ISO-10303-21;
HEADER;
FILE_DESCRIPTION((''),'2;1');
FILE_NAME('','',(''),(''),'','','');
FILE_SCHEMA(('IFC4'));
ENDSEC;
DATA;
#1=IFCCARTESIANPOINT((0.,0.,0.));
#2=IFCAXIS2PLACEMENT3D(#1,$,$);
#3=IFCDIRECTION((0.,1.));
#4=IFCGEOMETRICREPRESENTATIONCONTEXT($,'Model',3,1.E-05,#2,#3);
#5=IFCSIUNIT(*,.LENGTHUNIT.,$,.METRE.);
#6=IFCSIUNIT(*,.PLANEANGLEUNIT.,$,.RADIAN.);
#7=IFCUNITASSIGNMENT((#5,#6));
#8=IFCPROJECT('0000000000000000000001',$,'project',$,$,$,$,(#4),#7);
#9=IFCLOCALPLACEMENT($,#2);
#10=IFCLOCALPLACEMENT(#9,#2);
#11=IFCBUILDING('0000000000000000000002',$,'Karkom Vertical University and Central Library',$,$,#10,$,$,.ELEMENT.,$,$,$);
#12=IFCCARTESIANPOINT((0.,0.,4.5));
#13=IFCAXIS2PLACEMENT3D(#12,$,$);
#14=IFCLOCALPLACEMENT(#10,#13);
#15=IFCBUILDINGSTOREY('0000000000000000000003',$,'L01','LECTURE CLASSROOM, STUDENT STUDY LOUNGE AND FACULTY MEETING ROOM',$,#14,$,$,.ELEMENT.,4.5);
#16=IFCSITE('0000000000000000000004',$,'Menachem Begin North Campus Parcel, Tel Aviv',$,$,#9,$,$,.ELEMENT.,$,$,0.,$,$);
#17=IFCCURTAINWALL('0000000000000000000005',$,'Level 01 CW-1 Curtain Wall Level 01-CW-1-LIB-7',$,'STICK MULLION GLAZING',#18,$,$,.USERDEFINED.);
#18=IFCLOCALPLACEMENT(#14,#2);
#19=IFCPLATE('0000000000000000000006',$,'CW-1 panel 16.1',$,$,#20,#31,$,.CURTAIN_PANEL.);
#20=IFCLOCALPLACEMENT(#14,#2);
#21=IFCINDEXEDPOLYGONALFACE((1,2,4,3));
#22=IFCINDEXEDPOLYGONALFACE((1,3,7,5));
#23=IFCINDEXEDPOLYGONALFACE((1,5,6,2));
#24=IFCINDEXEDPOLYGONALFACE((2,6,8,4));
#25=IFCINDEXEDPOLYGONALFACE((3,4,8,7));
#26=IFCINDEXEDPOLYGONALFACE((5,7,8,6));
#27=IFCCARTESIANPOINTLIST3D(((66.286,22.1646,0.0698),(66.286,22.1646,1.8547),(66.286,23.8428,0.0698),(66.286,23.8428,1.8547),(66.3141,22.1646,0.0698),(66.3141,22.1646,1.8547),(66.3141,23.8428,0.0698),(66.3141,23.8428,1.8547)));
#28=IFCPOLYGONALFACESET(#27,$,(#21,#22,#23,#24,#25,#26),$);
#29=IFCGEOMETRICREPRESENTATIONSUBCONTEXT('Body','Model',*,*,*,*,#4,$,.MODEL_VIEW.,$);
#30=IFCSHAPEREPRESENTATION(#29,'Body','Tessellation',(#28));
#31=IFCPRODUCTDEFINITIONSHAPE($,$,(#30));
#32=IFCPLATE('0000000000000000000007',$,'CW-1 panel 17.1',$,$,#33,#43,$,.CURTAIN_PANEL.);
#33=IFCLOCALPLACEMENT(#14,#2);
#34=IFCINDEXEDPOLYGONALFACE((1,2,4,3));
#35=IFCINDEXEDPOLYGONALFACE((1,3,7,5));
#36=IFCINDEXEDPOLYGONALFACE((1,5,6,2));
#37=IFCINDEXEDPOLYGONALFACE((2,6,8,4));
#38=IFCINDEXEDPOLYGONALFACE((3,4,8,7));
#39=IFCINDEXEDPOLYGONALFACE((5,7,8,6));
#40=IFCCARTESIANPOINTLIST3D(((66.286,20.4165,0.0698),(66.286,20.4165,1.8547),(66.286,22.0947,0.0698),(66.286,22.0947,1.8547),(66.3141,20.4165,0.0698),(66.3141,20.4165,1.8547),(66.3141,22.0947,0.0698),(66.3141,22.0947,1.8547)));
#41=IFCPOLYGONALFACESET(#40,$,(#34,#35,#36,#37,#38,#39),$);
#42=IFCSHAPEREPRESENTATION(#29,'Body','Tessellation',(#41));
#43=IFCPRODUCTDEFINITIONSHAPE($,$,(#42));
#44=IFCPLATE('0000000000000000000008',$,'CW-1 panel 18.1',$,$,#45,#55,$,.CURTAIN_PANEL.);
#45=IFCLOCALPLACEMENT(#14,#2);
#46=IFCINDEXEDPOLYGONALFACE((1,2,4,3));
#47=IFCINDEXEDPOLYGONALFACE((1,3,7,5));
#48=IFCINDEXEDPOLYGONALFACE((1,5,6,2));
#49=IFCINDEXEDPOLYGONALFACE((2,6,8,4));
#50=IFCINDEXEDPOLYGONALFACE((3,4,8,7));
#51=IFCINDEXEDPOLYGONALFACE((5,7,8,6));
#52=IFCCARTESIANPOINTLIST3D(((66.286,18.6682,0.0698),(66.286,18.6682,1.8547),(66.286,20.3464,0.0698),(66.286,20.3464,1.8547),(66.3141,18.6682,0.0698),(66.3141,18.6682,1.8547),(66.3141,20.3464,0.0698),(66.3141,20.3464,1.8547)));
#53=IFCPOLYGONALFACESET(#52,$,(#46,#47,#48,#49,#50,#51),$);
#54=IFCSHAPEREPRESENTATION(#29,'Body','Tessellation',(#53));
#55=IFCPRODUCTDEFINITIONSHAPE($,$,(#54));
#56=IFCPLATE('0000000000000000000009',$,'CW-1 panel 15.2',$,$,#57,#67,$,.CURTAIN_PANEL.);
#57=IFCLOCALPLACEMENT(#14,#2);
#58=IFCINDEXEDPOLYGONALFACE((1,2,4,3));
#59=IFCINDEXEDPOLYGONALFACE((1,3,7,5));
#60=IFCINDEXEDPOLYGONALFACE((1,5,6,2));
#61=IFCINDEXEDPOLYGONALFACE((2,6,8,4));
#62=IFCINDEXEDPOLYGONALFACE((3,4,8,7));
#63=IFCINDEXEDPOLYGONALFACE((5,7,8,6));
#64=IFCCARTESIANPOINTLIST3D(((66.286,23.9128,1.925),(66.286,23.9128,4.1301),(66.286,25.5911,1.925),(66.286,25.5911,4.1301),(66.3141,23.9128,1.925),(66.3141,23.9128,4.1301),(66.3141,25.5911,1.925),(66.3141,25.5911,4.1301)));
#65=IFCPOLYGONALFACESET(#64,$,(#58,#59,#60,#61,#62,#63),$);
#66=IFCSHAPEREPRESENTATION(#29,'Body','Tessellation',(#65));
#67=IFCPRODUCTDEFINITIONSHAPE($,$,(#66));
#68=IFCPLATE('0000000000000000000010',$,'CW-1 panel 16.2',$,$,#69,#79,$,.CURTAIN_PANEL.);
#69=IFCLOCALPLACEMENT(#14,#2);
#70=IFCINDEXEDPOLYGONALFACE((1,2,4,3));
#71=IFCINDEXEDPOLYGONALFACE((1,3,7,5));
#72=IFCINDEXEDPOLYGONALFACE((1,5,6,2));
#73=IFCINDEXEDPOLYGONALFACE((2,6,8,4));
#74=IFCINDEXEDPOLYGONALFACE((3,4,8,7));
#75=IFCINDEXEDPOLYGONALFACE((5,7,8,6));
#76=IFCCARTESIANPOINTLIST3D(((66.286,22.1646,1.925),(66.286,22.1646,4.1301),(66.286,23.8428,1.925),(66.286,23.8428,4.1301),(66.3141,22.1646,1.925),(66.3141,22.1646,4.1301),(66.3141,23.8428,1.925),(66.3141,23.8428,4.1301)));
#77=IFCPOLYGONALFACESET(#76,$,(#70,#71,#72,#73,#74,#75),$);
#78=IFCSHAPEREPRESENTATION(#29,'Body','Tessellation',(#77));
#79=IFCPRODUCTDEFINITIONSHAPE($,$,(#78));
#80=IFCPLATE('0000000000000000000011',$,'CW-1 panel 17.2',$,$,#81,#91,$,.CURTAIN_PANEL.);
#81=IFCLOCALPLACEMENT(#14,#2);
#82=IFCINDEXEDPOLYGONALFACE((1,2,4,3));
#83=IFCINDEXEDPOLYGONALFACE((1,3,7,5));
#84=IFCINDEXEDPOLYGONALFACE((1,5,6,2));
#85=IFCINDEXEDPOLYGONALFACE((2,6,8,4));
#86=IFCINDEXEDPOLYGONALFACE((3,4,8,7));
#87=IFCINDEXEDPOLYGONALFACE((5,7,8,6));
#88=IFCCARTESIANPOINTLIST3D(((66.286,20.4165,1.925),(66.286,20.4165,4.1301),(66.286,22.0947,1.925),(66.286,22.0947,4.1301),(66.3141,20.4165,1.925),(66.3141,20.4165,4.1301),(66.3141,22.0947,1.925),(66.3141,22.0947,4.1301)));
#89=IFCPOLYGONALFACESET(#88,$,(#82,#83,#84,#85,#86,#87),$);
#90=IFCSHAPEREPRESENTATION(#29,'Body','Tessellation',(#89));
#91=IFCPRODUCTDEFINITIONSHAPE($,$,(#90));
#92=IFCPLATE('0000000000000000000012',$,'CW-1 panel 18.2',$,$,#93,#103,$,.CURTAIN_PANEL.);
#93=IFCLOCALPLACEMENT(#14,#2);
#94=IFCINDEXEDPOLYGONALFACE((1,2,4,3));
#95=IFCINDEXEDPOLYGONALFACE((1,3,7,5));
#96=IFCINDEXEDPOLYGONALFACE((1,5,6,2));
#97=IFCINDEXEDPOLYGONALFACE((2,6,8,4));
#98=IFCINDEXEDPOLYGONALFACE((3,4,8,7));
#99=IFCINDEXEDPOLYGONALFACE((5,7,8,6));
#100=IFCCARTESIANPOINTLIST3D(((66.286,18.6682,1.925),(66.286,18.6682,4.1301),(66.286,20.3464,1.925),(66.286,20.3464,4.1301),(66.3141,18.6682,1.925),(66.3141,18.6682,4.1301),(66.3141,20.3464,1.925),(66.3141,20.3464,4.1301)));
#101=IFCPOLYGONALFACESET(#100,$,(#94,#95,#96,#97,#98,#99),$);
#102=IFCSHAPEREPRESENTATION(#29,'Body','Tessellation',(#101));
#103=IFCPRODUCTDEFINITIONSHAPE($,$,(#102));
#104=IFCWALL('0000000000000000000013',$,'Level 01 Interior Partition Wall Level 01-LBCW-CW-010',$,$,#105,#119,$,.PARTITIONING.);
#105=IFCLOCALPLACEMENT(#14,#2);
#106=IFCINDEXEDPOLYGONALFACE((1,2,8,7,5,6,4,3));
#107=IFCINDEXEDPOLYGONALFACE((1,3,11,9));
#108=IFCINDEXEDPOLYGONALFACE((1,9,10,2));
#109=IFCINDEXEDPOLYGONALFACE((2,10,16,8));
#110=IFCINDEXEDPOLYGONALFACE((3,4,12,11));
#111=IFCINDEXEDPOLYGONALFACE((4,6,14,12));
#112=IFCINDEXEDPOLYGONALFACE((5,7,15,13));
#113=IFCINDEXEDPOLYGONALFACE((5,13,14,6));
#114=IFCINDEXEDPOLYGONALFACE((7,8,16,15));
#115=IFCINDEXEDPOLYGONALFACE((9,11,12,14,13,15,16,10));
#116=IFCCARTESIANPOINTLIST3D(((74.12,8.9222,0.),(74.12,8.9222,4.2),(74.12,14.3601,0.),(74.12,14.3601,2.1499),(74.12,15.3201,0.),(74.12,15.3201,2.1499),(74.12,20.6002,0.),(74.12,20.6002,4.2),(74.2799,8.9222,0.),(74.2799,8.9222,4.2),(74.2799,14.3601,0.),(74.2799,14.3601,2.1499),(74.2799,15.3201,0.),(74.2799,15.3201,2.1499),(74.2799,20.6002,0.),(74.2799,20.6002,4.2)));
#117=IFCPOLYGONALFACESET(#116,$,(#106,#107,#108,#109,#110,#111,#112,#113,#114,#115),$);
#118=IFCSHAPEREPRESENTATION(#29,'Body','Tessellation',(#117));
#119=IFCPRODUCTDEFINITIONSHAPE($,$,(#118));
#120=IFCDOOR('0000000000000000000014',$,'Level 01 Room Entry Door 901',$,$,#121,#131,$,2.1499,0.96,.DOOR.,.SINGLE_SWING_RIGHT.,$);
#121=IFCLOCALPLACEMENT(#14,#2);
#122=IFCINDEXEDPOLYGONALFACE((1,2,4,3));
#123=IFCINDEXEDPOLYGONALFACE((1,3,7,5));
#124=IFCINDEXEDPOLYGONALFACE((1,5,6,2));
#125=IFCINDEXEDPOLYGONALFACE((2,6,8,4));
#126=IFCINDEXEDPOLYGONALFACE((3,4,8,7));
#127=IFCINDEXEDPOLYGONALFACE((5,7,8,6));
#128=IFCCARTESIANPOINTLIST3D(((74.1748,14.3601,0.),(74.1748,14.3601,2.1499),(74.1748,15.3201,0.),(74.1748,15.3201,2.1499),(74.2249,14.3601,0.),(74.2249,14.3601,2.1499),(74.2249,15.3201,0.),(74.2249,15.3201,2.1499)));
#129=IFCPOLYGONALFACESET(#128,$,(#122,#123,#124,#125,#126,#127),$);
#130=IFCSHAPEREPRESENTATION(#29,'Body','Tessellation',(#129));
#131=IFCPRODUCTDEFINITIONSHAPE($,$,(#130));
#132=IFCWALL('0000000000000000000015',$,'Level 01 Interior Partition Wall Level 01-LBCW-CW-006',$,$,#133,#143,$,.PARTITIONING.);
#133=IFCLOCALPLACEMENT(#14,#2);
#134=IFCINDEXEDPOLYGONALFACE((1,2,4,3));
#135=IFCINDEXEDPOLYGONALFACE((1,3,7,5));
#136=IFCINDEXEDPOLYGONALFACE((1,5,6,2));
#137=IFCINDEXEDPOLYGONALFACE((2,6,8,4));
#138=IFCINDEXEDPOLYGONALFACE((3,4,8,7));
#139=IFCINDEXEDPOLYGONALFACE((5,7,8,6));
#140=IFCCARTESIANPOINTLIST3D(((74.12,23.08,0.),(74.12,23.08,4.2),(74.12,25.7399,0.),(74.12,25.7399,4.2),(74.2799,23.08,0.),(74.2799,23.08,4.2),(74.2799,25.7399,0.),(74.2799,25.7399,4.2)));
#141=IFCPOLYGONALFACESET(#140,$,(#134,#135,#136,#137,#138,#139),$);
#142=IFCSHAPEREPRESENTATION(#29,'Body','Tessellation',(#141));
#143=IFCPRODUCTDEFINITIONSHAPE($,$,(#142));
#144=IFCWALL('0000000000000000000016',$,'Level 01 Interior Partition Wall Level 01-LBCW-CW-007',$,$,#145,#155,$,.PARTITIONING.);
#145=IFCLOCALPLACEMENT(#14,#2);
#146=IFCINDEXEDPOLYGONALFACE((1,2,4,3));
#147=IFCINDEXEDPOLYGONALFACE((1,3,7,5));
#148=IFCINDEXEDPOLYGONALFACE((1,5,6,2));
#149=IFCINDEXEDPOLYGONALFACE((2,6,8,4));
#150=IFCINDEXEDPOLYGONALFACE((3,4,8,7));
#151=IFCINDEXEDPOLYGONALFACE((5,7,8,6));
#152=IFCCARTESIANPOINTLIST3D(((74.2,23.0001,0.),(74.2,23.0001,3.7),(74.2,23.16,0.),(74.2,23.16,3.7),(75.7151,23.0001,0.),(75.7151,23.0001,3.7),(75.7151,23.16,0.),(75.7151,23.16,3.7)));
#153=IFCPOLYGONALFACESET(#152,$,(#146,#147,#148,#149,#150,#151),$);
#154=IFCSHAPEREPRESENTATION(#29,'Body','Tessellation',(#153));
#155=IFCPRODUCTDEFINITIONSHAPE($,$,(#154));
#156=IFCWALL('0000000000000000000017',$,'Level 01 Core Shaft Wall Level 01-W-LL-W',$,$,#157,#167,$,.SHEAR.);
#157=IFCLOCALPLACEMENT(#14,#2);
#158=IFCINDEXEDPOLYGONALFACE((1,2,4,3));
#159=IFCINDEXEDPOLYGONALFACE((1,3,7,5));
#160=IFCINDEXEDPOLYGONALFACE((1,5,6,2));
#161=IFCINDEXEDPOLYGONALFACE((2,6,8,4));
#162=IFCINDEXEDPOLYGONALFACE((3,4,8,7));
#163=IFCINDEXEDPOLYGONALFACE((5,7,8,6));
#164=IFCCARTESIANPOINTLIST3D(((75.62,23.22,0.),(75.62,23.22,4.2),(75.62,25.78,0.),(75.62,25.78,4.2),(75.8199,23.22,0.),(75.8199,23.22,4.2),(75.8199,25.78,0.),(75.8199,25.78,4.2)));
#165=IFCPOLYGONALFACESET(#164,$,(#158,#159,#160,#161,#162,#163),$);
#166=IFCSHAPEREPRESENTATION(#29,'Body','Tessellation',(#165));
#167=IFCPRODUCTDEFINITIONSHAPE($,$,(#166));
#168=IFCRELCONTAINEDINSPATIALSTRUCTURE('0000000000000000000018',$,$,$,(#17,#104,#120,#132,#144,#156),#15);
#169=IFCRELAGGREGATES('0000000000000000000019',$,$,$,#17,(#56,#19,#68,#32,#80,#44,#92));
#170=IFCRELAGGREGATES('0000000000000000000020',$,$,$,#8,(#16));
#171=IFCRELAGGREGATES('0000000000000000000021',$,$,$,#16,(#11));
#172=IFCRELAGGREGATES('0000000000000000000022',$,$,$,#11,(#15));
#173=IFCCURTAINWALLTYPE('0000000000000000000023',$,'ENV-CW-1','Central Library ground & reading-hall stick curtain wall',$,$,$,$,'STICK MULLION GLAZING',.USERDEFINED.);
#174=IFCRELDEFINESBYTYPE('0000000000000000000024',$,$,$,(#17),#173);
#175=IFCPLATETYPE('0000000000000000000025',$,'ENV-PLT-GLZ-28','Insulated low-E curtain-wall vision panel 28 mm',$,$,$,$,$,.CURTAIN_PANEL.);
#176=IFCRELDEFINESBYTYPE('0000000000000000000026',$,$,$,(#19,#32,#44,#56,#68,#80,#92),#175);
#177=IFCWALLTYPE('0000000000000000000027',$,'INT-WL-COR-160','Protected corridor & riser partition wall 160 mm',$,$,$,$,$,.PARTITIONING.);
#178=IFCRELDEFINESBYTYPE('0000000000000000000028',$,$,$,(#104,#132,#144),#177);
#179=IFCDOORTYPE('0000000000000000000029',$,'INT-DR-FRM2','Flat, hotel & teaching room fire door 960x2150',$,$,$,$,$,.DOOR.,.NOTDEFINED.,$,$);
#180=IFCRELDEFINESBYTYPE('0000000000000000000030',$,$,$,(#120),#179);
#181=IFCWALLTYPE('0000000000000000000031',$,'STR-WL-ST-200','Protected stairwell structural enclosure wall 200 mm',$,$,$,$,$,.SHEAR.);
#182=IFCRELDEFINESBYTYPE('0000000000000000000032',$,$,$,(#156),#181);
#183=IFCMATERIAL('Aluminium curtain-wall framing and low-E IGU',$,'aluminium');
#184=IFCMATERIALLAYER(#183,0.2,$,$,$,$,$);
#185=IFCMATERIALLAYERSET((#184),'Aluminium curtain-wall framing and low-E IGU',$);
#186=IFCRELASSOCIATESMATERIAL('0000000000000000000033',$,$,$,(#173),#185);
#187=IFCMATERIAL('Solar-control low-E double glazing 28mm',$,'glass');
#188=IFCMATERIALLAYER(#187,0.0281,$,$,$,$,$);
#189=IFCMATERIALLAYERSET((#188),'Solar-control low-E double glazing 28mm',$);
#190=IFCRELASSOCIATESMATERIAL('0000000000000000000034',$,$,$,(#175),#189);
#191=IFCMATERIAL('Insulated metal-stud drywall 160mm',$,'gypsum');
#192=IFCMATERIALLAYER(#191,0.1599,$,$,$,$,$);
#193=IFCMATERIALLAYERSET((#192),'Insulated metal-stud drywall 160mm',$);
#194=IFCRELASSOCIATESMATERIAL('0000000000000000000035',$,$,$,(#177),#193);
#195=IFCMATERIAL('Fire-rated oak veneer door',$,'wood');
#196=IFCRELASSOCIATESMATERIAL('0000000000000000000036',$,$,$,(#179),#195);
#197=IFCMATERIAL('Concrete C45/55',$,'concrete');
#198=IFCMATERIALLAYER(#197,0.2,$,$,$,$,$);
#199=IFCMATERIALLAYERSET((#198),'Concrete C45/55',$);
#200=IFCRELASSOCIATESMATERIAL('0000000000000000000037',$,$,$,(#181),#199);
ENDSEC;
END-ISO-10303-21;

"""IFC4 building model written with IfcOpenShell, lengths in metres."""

from ifc_helpers import new_model, si_unit, direction, frame, frame_2d, origin, origin_with_axes, origin_2d, place, context, subcontext, project, spatial, rectangle, extrude, source, transform, mapped, material, layer, layer_set, type_object, element, fill, aggregate, save


model = new_model("IFC4")

# Units and contexts
model_context = context("Model", 3, precision=1e-05, world=origin(), true_north=direction((0.0, 1.0)))
body_context = subcontext(model_context, "Body", "Model", "MODEL_VIEW")
ifc_project = project(units=[si_unit("LENGTHUNIT", "METRE"), si_unit("PLANEANGLEUNIT", "RADIAN")], contexts=[model_context])

# Site, building, storey
site_placement = place(None, origin())
site = spatial("IfcSite", under=ifc_project, at=site_placement, Name="Menachem Begin North Campus Parcel, Tel Aviv", CompositionType="ELEMENT", RefElevation=0.0)
building_placement = place(site_placement, origin())
building = spatial("IfcBuilding", under=site, at=building_placement, Name="Karkom Vertical University and Central Library", CompositionType="ELEMENT")
storey_placement = place(building_placement, frame((0.0, 0.0, 4.5)))
storey = spatial("IfcBuildingStorey", under=building, at=storey_placement, Name="L01", Description="LECTURE CLASSROOM, STUDENT STUDY LOUNGE AND FACULTY MEETING ROOM", CompositionType="ELEMENT", Elevation=4.5)

# Curtain wall, plates
ifc_material_1 = material(Name="Aluminium curtain-wall framing and low-E IGU", Category="aluminium")
ifc_layer_1 = layer(ifc_material_1, 0.2)
ifc_layer_set_1 = layer_set([ifc_layer_1], Name="Aluminium curtain-wall framing and low-E IGU")
curtain_wall_type = type_object("IfcCurtainWallType", Name="ENV-CW-1", Description="Central Library ground & reading-hall stick curtain wall", ElementType="STICK MULLION GLAZING", PredefinedType="USERDEFINED", material=ifc_layer_set_1)
curtain_wall_placement = place(storey_placement, origin())
curtain_wall = element("IfcCurtainWall", 1, at=curtain_wall_placement, inside=storey, type_object=curtain_wall_type, Name="Level 01 CW-1 Curtain Wall Level 01-CW-1-LIB-7", ObjectType="STICK MULLION GLAZING", PredefinedType="USERDEFINED")
ifc_material_2 = material(Name="Solar-control low-E double glazing 28mm", Category="glass")
ifc_layer_2 = layer(ifc_material_2, 0.0281)
ifc_layer_set_2 = layer_set([ifc_layer_2], Name="Solar-control low-E double glazing 28mm")
plate_type = type_object("IfcPlateType", Name="ENV-PLT-GLZ-28", Description="Insulated low-E curtain-wall vision panel 28 mm", PredefinedType="CURTAIN_PANEL", material=ifc_layer_set_2)
shared_shape_1 = source(origin_with_axes(), body_context, "Body", "SweptSolid", [
    extrude(rectangle(XDim=1.6782, YDim=0.0281, at=origin_2d()), origin(), (0.0, 0.0, 1.0), 1.7849),
])
plate_1_placement = place(storey_placement, frame((66.3, 23.0037, 0.0698), z_axis=(0.0, 0.0, 1.0), x_axis=(0.0, -1.0, 0.0)))
plate_1 = element("IfcPlate", 2, at=plate_1_placement, type_object=plate_type, Name="CW-1 panel 16.1", PredefinedType="CURTAIN_PANEL", context=body_context, shape_type="MappedRepresentation", body=[
    mapped(shared_shape_1, transform((0.0, 0.0, 0.0), scale=1.0)),
])
plate_2_placement = place(storey_placement, frame((66.3, 21.2556, 0.0698), z_axis=(0.0, 0.0, 1.0), x_axis=(0.0, -1.0, 0.0)))
plate_2 = element("IfcPlate", 3, at=plate_2_placement, type_object=plate_type, Name="CW-1 panel 17.1", PredefinedType="CURTAIN_PANEL", context=body_context, shape_type="MappedRepresentation", body=[
    mapped(shared_shape_1, transform((0.0, 0.0, 0.0), scale=1.0)),
])
plate_3_placement = place(storey_placement, frame((66.3, 19.5073, 0.0698), z_axis=(0.0, 0.0, 1.0), x_axis=(0.0, -1.0, 0.0)))
plate_3 = element("IfcPlate", 4, at=plate_3_placement, type_object=plate_type, Name="CW-1 panel 18.1", PredefinedType="CURTAIN_PANEL", context=body_context, shape_type="MappedRepresentation", body=[
    mapped(shared_shape_1, transform((0.0, 0.0, 0.0), scale=1.0)),
])
shared_shape_2 = source(origin_with_axes(), body_context, "Body", "SweptSolid", [
    extrude(rectangle(XDim=1.6782, YDim=0.0281, at=origin_2d()), origin(), (0.0, 0.0, 1.0), 2.2051),
])
plate_4_placement = place(storey_placement, frame((66.3, 24.752, 1.925), z_axis=(0.0, 0.0, 1.0), x_axis=(0.0, -1.0, 0.0)))
plate_4 = element("IfcPlate", 5, at=plate_4_placement, type_object=plate_type, Name="CW-1 panel 15.2", PredefinedType="CURTAIN_PANEL", context=body_context, shape_type="MappedRepresentation", body=[
    mapped(shared_shape_2, transform((0.0, 0.0, 0.0), scale=1.0)),
])
plate_5_placement = place(storey_placement, frame((66.3, 23.0037, 1.925), z_axis=(0.0, 0.0, 1.0), x_axis=(0.0, -1.0, 0.0)))
plate_5 = element("IfcPlate", 6, at=plate_5_placement, type_object=plate_type, Name="CW-1 panel 16.2", PredefinedType="CURTAIN_PANEL", context=body_context, shape_type="MappedRepresentation", body=[
    mapped(shared_shape_2, transform((0.0, 0.0, 0.0), scale=1.0)),
])
plate_6_placement = place(storey_placement, frame((66.3, 21.2556, 1.925), z_axis=(0.0, 0.0, 1.0), x_axis=(0.0, -1.0, 0.0)))
plate_6 = element("IfcPlate", 7, at=plate_6_placement, type_object=plate_type, Name="CW-1 panel 17.2", PredefinedType="CURTAIN_PANEL", context=body_context, shape_type="MappedRepresentation", body=[
    mapped(shared_shape_2, transform((0.0, 0.0, 0.0), scale=1.0)),
])
plate_7_placement = place(storey_placement, frame((66.3, 19.5073, 1.925), z_axis=(0.0, 0.0, 1.0), x_axis=(0.0, -1.0, 0.0)))
plate_7 = element("IfcPlate", 8, at=plate_7_placement, type_object=plate_type, Name="CW-1 panel 18.2", PredefinedType="CURTAIN_PANEL", context=body_context, shape_type="MappedRepresentation", body=[
    mapped(shared_shape_2, transform((0.0, 0.0, 0.0), scale=1.0)),
])
aggregate(curtain_wall, [plate_4, plate_1, plate_5, plate_2, plate_6, plate_3, plate_7])

# Wall, opening, door
ifc_material_3 = material(Name="Insulated metal-stud drywall 160mm", Category="gypsum")
ifc_layer_3 = layer(ifc_material_3, 0.1599)
ifc_layer_set_3 = layer_set([ifc_layer_3], Name="Insulated metal-stud drywall 160mm")
wall_type_1 = type_object("IfcWallType", Name="INT-WL-COR-160", Description="Protected corridor & riser partition wall 160 mm", PredefinedType="PARTITIONING", material=ifc_layer_set_3)
wall_1_placement = place(storey_placement, frame((74.2, 20.6001, 0.0), z_axis=(0.0, 0.0, 1.0), x_axis=(0.0, -1.0, 0.0)))
wall_1 = element("IfcWall", 9, at=wall_1_placement, inside=storey, type_object=wall_type_1, Name="Level 01 Interior Partition Wall Level 01-LBCW-CW-010", PredefinedType="PARTITIONING", context=body_context, shape_type="SweptSolid", body=[
    extrude(rectangle(XDim=11.678, YDim=0.1599, at=frame_2d((5.8389, 0.0))), origin(), (0.0, 0.0, 1.0), 4.2),
])
opening_1_placement = place(wall_1_placement, frame((5.28, 0.0, 0.0)))
opening_1 = element("IfcOpeningElement", 10, at=opening_1_placement, cuts=wall_1, PredefinedType="OPENING", context=body_context, shape_type="SweptSolid", body=[
    extrude(rectangle(XDim=0.96, YDim=2.1499, at=frame_2d((0.48, 1.075))), frame((0.0, 0.0898, 0.0), z_axis=(0.0, -1.0, 0.0), x_axis=(1.0, 0.0, 0.0)), (0.0, 0.0, 1.0), 0.1799),
])
ifc_material_4 = material(Name="Fire-rated oak veneer door", Category="wood")
door_type_1 = type_object("IfcDoorType", Name="INT-DR-FRM2", Description="Flat, hotel & teaching room fire door 960x2150", OperationType="NOTDEFINED", PredefinedType="DOOR", material=ifc_material_4)
shared_shape_3 = source(origin_with_axes(), body_context, "Body", "SweptSolid", [
    extrude(rectangle(XDim=0.96, YDim=2.1499, at=frame_2d((0.48, 1.075))), frame((0.0, 0.0249, 0.0), z_axis=(0.0, -1.0, 0.0), x_axis=(1.0, 0.0, 0.0)), (0.0, 0.0, 1.0), 0.05),
])
door_1_placement = place(opening_1_placement, origin())
door_1 = element("IfcDoor", 11, at=door_1_placement, inside=storey, type_object=door_type_1, Name="Level 01 Room Entry Door 901", OperationType="SINGLE_SWING_RIGHT", OverallHeight=2.1499, OverallWidth=0.96, PredefinedType="DOOR", context=body_context, shape_type="MappedRepresentation", body=[
    mapped(shared_shape_3, transform((0.0, 0.0, 0.0), scale=1.0)),
])
fill(opening_1, door_1)

# Walls
wall_2_placement = place(storey_placement, frame((74.2, 25.74, 0.0), z_axis=(0.0, 0.0, 1.0), x_axis=(0.0, -1.0, 0.0)))
element("IfcWall", 12, at=wall_2_placement, inside=storey, type_object=wall_type_1, Name="Level 01 Interior Partition Wall Level 01-LBCW-CW-006", PredefinedType="PARTITIONING", context=body_context, shape_type="SweptSolid", body=[
    extrude(rectangle(XDim=2.6599, YDim=0.1599, at=frame_2d((1.3301, 0.0))), origin(), (0.0, 0.0, 1.0), 4.2),
])
wall_3_placement = place(storey_placement, frame((74.2, 23.0801, 0.0), z_axis=(0.0, 0.0, 1.0), x_axis=(1.0, 0.0, 0.0)))
element("IfcWall", 13, at=wall_3_placement, inside=storey, type_object=wall_type_1, Name="Level 01 Interior Partition Wall Level 01-LBCW-CW-007", PredefinedType="PARTITIONING", context=body_context, shape_type="SweptSolid", body=[
    extrude(rectangle(XDim=1.5151, YDim=0.1599, at=frame_2d((0.7576, 0.0))), origin(), (0.0, 0.0, 1.0), 3.7),
])

# Shared definitions
ifc_material_5 = material(Name="Concrete C45/55", Category="concrete")
ifc_layer_4 = layer(ifc_material_5, 0.2)
ifc_layer_set_4 = layer_set([ifc_layer_4], Name="Concrete C45/55")
wall_type_2 = type_object("IfcWallType", Name="STR-WL-ST-200", Description="Protected stairwell structural enclosure wall 200 mm", PredefinedType="SHEAR", material=ifc_layer_set_4)

# Wall
wall_4_placement = place(storey_placement, frame((75.72, 23.22, 0.0), z_axis=(0.0, 0.0, 1.0), x_axis=(0.0, 1.0, 0.0)))
element("IfcWall", 14, at=wall_4_placement, inside=storey, type_object=wall_type_2, Name="Level 01 Core Shaft Wall Level 01-W-LL-W", PredefinedType="SHEAR", context=body_context, shape_type="SweptSolid", body=[
    extrude(rectangle(XDim=2.5601, YDim=0.2, at=frame_2d((1.28, 0.0))), origin(), (0.0, 0.0, 1.0), 4.2),
])

save(model, "model.ifc")
